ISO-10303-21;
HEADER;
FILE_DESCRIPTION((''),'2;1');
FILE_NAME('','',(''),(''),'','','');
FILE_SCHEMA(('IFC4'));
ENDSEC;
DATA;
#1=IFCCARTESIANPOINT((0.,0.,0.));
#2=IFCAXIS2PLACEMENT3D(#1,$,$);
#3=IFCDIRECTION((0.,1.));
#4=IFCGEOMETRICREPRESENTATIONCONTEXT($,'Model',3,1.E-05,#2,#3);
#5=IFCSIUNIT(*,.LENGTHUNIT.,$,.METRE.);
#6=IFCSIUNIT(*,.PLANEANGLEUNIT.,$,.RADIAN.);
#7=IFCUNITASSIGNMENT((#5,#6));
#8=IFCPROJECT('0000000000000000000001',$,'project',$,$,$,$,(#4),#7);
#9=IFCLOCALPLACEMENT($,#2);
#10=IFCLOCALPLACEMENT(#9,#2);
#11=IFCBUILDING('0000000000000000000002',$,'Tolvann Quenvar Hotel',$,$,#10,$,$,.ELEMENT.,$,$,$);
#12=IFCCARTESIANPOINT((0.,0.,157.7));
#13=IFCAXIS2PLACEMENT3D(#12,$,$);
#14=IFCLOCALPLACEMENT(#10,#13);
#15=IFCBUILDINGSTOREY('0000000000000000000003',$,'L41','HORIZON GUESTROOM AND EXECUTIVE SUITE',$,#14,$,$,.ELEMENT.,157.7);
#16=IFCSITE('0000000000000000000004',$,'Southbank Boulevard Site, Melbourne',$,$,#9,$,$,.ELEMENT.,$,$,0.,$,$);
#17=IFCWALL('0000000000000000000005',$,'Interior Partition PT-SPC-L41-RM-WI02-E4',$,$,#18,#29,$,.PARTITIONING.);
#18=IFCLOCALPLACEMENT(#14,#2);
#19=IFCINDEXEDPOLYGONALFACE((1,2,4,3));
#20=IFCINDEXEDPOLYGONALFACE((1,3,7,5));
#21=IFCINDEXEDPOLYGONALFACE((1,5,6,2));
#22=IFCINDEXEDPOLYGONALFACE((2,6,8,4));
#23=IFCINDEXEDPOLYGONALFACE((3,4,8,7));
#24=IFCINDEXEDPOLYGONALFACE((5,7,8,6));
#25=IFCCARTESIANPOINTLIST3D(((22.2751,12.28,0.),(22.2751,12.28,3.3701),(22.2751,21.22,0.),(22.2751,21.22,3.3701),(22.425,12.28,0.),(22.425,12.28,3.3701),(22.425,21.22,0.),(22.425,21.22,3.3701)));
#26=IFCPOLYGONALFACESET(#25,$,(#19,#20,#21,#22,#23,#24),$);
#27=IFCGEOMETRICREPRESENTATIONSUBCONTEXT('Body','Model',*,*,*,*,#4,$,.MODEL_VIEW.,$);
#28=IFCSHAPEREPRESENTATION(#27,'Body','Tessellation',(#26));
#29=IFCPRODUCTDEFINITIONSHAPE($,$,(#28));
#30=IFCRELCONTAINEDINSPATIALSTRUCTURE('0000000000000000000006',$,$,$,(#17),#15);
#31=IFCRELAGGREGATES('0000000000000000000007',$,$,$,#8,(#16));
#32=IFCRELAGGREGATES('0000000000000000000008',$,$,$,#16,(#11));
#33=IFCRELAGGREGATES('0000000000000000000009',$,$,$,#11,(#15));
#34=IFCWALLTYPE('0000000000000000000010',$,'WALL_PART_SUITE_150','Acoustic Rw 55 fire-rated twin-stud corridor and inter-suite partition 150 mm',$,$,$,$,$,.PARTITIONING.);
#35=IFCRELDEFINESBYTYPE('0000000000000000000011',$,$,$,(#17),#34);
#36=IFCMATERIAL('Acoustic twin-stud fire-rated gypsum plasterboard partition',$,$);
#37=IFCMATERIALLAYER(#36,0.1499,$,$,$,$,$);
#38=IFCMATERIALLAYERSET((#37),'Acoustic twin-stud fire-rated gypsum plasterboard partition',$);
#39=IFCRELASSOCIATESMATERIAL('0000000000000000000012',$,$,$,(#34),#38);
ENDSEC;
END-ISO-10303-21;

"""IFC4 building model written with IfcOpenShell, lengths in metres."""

from ifc_helpers import new_model, si_unit, direction, frame, frame_2d, origin, place, context, subcontext, project, spatial, rectangle, extrude, material, layer, layer_set, type_object, element, save


model = new_model("IFC4")

# Units and contexts
model_context = context("Model", 3, precision=1e-05, world=origin(), true_north=direction((0.0, 1.0)))
body_context = subcontext(model_context, "Body", "Model", "MODEL_VIEW")
ifc_project = project(units=[si_unit("LENGTHUNIT", "METRE"), si_unit("PLANEANGLEUNIT", "RADIAN")], contexts=[model_context])

# Site, building, storey
site_placement = place(None, origin())
site = spatial("IfcSite", under=ifc_project, at=site_placement, Name="Southbank Boulevard Site, Melbourne", CompositionType="ELEMENT", RefElevation=0.0)
building_placement = place(site_placement, origin())
building = spatial("IfcBuilding", under=site, at=building_placement, Name="Tolvann Quenvar Hotel", CompositionType="ELEMENT")
storey_placement = place(building_placement, frame((0.0, 0.0, 157.7)))
storey = spatial("IfcBuildingStorey", under=building, at=storey_placement, Name="L41", Description="HORIZON GUESTROOM AND EXECUTIVE SUITE", CompositionType="ELEMENT", Elevation=157.7)

# Shared definitions
ifc_material_1 = material(Name="Acoustic twin-stud fire-rated gypsum plasterboard partition")
ifc_layer_1 = layer(ifc_material_1, 0.1499)
ifc_layer_set_1 = layer_set([ifc_layer_1], Name="Acoustic twin-stud fire-rated gypsum plasterboard partition")
wall_type_1 = type_object("IfcWallType", Name="WALL_PART_SUITE_150", Description="Acoustic Rw 55 fire-rated twin-stud corridor and inter-suite partition 150 mm", PredefinedType="PARTITIONING", material=ifc_layer_set_1)

# Wall
wall_1_placement = place(storey_placement, frame((22.3501, 12.28, 0.0), z_axis=(0.0, 0.0, 1.0), x_axis=(0.0, 1.0, 0.0)))
element("IfcWall", 1, at=wall_1_placement, inside=storey, type_object=wall_type_1, Name="Interior Partition PT-SPC-L41-RM-WI02-E4", PredefinedType="PARTITIONING", context=body_context, shape_type="SweptSolid", body=[
    extrude(rectangle(XDim=8.9399, YDim=0.1499, at=frame_2d((4.47, 0.0))), origin(), (0.0, 0.0, 1.0), 3.3701),
])

save(model, "model.ifc")
